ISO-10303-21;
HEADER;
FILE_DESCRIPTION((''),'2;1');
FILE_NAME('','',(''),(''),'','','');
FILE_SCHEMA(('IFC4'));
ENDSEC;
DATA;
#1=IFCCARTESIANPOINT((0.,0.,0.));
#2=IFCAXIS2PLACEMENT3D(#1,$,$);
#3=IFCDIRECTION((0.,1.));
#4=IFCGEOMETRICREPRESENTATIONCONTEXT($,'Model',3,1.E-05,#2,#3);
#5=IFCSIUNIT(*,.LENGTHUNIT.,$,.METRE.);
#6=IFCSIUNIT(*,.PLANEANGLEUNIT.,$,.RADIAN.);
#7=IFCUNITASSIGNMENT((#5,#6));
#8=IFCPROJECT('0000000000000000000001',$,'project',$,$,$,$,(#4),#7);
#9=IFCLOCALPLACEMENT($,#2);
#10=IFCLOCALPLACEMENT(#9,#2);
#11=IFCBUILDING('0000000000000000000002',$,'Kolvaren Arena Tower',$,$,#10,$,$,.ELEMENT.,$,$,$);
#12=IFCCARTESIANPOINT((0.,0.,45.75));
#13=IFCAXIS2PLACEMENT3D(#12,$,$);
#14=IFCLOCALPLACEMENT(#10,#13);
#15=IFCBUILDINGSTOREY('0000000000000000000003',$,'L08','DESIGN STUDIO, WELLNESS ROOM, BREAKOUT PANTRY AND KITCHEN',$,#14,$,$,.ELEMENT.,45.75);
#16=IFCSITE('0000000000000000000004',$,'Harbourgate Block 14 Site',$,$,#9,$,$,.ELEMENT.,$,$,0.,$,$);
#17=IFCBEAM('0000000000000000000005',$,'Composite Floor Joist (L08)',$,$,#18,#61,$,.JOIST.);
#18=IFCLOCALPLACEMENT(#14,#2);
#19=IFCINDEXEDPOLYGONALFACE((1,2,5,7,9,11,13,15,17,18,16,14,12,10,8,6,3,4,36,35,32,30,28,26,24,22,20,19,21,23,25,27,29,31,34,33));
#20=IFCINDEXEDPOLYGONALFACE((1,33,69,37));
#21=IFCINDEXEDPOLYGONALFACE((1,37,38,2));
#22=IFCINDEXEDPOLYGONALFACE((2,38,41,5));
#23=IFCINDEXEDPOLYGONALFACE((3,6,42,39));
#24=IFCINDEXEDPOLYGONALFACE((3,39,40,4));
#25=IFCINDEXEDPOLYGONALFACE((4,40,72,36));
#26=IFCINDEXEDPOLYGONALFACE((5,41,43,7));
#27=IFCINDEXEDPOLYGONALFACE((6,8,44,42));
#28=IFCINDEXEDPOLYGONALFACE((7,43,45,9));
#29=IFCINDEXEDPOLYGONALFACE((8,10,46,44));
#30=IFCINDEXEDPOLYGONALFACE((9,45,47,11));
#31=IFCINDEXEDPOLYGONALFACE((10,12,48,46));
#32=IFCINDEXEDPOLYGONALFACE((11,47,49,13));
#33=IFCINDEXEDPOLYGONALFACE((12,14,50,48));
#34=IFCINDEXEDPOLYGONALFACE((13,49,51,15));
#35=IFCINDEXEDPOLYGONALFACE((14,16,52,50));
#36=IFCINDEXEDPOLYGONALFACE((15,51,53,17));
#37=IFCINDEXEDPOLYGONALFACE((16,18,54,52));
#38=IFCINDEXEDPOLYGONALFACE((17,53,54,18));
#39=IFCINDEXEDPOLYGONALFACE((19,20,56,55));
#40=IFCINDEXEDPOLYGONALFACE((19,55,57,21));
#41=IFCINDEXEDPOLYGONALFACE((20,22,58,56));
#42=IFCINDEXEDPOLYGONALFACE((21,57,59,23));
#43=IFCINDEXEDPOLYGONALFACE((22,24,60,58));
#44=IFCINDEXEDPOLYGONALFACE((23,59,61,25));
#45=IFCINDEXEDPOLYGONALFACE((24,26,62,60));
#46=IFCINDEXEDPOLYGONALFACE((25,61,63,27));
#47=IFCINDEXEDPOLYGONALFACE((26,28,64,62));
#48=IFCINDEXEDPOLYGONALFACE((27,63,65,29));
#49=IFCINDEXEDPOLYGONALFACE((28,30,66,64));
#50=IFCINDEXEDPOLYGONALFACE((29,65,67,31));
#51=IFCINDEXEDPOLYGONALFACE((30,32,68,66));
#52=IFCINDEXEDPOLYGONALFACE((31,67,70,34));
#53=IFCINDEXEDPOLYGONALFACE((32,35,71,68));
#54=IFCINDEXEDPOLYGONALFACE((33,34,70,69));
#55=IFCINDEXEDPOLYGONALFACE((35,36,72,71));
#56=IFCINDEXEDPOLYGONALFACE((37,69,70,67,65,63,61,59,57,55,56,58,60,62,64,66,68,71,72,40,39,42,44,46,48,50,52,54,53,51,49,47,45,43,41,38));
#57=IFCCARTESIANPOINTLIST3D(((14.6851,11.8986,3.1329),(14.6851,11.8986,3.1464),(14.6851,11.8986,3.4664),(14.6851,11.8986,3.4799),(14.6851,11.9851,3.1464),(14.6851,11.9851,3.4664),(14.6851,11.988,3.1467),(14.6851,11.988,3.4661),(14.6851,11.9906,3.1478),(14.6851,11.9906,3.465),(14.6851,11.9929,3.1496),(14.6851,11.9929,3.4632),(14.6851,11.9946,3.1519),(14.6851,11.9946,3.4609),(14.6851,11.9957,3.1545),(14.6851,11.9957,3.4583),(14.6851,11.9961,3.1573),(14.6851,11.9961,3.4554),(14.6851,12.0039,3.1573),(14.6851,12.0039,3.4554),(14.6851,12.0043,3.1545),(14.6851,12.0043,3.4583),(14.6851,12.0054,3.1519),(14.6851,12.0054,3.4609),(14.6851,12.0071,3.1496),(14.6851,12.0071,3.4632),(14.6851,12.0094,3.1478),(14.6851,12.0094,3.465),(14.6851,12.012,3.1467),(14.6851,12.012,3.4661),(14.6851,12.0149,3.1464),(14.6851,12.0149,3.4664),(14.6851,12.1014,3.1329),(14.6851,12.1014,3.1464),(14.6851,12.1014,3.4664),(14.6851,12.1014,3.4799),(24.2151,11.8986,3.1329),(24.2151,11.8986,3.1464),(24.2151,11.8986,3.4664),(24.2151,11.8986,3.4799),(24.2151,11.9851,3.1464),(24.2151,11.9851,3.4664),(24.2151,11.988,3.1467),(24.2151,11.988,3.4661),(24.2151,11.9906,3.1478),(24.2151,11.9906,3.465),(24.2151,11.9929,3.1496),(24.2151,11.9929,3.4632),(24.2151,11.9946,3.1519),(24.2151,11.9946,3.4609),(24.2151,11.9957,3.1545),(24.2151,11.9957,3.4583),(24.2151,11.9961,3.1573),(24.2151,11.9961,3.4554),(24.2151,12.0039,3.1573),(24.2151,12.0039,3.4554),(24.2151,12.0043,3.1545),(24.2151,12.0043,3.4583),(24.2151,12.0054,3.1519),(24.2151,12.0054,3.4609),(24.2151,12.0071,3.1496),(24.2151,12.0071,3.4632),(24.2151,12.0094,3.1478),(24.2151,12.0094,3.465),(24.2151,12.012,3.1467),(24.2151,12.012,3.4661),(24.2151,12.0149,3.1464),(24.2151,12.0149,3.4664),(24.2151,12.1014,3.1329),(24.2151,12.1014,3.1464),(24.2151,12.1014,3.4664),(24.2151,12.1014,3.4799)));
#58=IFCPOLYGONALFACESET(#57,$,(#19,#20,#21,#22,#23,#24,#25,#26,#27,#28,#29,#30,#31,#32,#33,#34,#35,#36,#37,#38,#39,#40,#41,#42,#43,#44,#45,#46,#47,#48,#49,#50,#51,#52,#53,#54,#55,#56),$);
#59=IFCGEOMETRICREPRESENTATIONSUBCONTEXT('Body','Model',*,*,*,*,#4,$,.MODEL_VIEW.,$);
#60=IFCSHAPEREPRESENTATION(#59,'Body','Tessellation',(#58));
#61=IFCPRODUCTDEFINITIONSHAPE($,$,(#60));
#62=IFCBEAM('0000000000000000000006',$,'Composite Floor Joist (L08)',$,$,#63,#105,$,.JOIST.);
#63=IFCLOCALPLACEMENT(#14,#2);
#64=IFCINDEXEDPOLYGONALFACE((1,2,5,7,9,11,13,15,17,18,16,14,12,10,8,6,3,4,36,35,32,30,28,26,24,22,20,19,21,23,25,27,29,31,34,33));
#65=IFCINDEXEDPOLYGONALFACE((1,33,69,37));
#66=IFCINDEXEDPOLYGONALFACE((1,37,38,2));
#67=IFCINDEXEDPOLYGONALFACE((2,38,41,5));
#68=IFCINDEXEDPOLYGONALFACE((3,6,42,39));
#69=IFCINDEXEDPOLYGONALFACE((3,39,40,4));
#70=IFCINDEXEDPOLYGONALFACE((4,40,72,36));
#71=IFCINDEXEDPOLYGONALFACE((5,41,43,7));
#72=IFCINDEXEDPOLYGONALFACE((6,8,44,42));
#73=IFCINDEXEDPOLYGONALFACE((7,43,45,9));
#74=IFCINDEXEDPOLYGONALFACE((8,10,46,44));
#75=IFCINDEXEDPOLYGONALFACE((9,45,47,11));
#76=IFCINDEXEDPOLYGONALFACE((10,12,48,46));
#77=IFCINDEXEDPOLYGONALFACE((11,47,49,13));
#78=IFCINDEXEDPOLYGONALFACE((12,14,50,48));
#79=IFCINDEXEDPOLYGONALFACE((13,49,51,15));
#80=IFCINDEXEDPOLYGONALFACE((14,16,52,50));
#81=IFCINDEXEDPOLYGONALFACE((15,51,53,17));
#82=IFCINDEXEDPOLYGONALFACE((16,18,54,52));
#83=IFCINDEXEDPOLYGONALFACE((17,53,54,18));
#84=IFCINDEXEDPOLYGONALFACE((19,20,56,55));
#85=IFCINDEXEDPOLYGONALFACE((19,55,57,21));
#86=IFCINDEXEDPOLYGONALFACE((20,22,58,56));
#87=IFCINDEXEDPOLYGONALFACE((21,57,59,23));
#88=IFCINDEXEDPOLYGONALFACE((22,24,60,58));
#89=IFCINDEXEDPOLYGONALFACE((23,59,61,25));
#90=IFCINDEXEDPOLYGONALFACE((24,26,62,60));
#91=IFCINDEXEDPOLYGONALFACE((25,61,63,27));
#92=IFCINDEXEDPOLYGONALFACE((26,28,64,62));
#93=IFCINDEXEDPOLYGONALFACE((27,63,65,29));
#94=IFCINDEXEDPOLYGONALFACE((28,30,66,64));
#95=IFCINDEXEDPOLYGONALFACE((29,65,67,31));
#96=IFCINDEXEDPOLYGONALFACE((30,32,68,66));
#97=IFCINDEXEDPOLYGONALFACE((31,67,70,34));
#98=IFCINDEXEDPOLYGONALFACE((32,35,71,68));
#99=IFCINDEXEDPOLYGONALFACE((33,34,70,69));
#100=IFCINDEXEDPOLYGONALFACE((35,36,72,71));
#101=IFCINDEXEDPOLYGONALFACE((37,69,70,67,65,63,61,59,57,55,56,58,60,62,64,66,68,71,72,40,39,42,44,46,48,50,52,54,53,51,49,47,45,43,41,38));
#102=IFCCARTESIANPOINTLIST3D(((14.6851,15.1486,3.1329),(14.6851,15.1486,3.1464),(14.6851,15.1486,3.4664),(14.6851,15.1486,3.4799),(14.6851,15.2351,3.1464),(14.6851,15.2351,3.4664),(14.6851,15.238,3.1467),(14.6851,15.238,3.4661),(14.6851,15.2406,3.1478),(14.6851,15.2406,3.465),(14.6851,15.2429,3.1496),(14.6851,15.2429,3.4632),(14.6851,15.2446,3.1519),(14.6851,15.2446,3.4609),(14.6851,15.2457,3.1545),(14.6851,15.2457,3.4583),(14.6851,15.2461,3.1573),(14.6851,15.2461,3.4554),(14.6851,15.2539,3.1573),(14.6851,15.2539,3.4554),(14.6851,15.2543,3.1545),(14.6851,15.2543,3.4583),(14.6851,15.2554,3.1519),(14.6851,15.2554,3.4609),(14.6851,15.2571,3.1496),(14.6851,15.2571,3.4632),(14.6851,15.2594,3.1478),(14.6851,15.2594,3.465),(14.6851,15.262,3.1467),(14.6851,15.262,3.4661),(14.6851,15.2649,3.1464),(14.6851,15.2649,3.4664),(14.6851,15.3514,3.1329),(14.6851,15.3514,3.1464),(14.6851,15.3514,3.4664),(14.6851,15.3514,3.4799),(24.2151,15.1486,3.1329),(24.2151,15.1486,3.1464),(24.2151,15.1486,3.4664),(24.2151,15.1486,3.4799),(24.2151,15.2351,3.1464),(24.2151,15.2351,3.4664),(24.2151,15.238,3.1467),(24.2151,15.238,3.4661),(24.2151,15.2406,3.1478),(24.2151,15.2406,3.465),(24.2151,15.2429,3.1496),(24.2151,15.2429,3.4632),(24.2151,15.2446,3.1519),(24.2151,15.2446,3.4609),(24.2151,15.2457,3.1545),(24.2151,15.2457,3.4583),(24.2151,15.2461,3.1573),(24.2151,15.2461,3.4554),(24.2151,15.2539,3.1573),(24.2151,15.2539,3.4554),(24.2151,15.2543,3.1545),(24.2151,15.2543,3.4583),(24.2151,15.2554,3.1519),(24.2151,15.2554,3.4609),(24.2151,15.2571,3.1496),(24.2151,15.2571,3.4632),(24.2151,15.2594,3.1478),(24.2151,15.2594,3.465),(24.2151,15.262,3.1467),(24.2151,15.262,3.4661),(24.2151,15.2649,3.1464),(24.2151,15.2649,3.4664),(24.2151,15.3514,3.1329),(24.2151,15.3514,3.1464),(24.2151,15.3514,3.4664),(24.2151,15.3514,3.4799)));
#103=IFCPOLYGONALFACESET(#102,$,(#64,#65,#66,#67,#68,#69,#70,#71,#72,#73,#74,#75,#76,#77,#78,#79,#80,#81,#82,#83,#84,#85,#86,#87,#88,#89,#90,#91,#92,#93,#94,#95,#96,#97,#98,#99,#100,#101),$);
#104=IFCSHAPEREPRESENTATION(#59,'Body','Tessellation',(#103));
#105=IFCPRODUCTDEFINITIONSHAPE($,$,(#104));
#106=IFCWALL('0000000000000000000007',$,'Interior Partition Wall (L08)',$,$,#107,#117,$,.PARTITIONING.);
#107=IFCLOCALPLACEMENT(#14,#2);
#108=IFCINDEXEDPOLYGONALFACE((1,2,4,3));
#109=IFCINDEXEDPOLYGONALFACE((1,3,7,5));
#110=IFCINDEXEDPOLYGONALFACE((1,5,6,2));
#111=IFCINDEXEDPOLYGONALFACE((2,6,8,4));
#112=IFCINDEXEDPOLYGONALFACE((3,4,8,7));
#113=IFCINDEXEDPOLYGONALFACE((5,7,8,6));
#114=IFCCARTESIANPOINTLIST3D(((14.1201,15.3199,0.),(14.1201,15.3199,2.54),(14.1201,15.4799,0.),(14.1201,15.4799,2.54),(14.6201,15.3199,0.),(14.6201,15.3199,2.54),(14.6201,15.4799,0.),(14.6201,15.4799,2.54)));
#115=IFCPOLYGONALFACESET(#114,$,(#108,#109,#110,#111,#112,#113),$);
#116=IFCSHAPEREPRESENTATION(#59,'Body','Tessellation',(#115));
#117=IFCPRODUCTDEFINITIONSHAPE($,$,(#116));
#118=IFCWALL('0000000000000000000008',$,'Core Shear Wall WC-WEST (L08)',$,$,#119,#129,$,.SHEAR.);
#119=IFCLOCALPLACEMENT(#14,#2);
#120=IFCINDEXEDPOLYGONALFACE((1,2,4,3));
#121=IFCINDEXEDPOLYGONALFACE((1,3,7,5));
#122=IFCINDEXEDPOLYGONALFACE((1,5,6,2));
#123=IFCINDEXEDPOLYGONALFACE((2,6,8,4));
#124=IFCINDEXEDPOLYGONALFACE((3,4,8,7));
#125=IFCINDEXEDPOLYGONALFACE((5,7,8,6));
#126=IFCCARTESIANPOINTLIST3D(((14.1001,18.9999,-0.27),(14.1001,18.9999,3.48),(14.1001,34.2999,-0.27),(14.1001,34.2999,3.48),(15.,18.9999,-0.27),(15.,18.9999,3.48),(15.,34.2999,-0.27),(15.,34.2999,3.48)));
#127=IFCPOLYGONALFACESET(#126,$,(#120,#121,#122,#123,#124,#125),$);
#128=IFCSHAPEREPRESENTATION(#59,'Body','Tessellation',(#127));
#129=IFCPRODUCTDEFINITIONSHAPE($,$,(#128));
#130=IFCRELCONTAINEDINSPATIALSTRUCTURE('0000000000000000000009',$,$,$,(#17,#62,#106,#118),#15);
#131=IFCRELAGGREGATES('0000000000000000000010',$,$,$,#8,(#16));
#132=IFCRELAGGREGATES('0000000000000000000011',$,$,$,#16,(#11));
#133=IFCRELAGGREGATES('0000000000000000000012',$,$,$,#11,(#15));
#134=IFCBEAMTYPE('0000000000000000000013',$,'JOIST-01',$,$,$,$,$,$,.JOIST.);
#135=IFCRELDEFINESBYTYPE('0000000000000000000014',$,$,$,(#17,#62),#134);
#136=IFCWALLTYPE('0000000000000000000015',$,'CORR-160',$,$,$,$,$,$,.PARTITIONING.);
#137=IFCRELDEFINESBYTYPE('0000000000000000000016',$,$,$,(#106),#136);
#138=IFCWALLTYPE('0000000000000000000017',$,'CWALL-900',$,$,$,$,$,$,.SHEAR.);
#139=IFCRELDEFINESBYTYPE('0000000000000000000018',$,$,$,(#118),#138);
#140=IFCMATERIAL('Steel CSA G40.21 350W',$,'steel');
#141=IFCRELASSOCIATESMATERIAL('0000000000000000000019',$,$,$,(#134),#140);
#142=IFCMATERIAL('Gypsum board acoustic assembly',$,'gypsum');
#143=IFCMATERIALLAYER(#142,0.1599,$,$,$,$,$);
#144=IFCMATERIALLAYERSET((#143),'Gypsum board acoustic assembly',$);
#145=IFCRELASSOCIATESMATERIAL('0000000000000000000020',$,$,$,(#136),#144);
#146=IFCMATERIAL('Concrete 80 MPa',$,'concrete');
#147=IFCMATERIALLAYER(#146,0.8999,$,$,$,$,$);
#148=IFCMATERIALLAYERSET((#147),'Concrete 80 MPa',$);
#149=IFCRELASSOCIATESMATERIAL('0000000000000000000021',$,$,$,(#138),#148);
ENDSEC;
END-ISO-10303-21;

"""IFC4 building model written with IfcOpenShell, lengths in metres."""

from ifc_helpers import new_model, si_unit, direction, frame, frame_2d, origin, origin_2d, place, context, subcontext, project, spatial, rectangle, i_section, extrude, material, layer, layer_set, material_profile, profile_set, type_object, element, save


model = new_model("IFC4")

# Units and contexts
model_context = context("Model", 3, precision=1e-05, world=origin(), true_north=direction((0.0, 1.0)))
body_context = subcontext(model_context, "Body", "Model", "MODEL_VIEW")
ifc_project = project(units=[si_unit("LENGTHUNIT", "METRE"), si_unit("PLANEANGLEUNIT", "RADIAN")], contexts=[model_context])

# Site, building, storey
site_placement = place(None, origin())
site = spatial("IfcSite", under=ifc_project, at=site_placement, Name="Harbourgate Block 14 Site", CompositionType="ELEMENT", RefElevation=0.0)
building_placement = place(site_placement, origin())
building = spatial("IfcBuilding", under=site, at=building_placement, Name="Kolvaren Arena Tower", CompositionType="ELEMENT")
storey_placement = place(building_placement, frame((0.0, 0.0, 45.75)))
storey = spatial("IfcBuildingStorey", under=building, at=storey_placement, Name="L08", Description="DESIGN STUDIO, WELLNESS ROOM, BREAKOUT PANTRY AND KITCHEN", CompositionType="ELEMENT", Elevation=45.75)

# Beams
ifc_material_1 = material(Name="Steel CSA G40.21 350W", Category="steel")
ifc_material_profile_1 = material_profile(ifc_material_1, i_section(OverallWidth=0.2029, OverallDepth=0.3469, WebThickness=0.0078, FlangeThickness=0.0134, FilletRadius=0.011, at=origin_2d()), Name="W360x64")
ifc_profile_set_1 = profile_set([ifc_material_profile_1], Name="Steel CSA G40.21 350W")
beam_type_1 = type_object("IfcBeamType", Name="JOIST-01", PredefinedType="JOIST", material=ifc_profile_set_1)
for number, where, z_axis, x_axis, name in (
    (1, (14.6851, 12.0, 3.3064), (1.0, 0.0, 0.0), (0.0, 1.0, 0.0), "Composite Floor Joist (L08)"),
    (2, (14.6851, 15.25, 3.3064), (1.0, 0.0, 0.0), (0.0, 1.0, 0.0), "Composite Floor Joist (L08)"),
):
    element("IfcBeam", number, at=place(storey_placement, frame(where, z_axis=z_axis, x_axis=x_axis)), inside=storey, type_object=beam_type_1, Name=name, PredefinedType="JOIST", context=body_context, shape_type="SweptSolid", body=[
        extrude(i_section(OverallWidth=0.2029, OverallDepth=0.3469, WebThickness=0.0078, FlangeThickness=0.0134, FilletRadius=0.011, at=origin_2d()), origin(), (0.0, 0.0, 1.0), 9.53),
    ])

# Shared definitions
ifc_material_2 = material(Name="Gypsum board acoustic assembly", Category="gypsum")
ifc_layer_1 = layer(ifc_material_2, 0.1599)
ifc_layer_set_1 = layer_set([ifc_layer_1], Name="Gypsum board acoustic assembly")
wall_type_1 = type_object("IfcWallType", Name="CORR-160", PredefinedType="PARTITIONING", material=ifc_layer_set_1)

# Walls
wall_1_placement = place(storey_placement, frame((14.1201, 15.3999, 0.0), z_axis=(0.0, 0.0, 1.0), x_axis=(1.0, 0.0, 0.0)))
element("IfcWall", 3, at=wall_1_placement, inside=storey, type_object=wall_type_1, Name="Interior Partition Wall (L08)", PredefinedType="PARTITIONING", context=body_context, shape_type="SweptSolid", body=[
    extrude(rectangle(XDim=0.5, YDim=0.1599, at=frame_2d((0.25, 0.0))), origin(), (0.0, 0.0, 1.0), 2.54),
])
ifc_material_3 = material(Name="Concrete 80 MPa", Category="concrete")
ifc_layer_2 = layer(ifc_material_3, 0.8999)
ifc_layer_set_2 = layer_set([ifc_layer_2], Name="Concrete 80 MPa")
wall_type_2 = type_object("IfcWallType", Name="CWALL-900", PredefinedType="SHEAR", material=ifc_layer_set_2)
wall_2_placement = place(storey_placement, frame((14.55, 19.0, -0.27), z_axis=(0.0, 0.0, 1.0), x_axis=(0.0, 1.0, 0.0)))
element("IfcWall", 4, at=wall_2_placement, inside=storey, type_object=wall_type_2, Name="Core Shear Wall WC-WEST (L08)", PredefinedType="SHEAR", context=body_context, shape_type="SweptSolid", body=[
    extrude(rectangle(XDim=15.3, YDim=0.8999, at=frame_2d((7.6499, 0.0))), origin(), (0.0, 0.0, 1.0), 3.75),
])

save(model, "model.ifc")
